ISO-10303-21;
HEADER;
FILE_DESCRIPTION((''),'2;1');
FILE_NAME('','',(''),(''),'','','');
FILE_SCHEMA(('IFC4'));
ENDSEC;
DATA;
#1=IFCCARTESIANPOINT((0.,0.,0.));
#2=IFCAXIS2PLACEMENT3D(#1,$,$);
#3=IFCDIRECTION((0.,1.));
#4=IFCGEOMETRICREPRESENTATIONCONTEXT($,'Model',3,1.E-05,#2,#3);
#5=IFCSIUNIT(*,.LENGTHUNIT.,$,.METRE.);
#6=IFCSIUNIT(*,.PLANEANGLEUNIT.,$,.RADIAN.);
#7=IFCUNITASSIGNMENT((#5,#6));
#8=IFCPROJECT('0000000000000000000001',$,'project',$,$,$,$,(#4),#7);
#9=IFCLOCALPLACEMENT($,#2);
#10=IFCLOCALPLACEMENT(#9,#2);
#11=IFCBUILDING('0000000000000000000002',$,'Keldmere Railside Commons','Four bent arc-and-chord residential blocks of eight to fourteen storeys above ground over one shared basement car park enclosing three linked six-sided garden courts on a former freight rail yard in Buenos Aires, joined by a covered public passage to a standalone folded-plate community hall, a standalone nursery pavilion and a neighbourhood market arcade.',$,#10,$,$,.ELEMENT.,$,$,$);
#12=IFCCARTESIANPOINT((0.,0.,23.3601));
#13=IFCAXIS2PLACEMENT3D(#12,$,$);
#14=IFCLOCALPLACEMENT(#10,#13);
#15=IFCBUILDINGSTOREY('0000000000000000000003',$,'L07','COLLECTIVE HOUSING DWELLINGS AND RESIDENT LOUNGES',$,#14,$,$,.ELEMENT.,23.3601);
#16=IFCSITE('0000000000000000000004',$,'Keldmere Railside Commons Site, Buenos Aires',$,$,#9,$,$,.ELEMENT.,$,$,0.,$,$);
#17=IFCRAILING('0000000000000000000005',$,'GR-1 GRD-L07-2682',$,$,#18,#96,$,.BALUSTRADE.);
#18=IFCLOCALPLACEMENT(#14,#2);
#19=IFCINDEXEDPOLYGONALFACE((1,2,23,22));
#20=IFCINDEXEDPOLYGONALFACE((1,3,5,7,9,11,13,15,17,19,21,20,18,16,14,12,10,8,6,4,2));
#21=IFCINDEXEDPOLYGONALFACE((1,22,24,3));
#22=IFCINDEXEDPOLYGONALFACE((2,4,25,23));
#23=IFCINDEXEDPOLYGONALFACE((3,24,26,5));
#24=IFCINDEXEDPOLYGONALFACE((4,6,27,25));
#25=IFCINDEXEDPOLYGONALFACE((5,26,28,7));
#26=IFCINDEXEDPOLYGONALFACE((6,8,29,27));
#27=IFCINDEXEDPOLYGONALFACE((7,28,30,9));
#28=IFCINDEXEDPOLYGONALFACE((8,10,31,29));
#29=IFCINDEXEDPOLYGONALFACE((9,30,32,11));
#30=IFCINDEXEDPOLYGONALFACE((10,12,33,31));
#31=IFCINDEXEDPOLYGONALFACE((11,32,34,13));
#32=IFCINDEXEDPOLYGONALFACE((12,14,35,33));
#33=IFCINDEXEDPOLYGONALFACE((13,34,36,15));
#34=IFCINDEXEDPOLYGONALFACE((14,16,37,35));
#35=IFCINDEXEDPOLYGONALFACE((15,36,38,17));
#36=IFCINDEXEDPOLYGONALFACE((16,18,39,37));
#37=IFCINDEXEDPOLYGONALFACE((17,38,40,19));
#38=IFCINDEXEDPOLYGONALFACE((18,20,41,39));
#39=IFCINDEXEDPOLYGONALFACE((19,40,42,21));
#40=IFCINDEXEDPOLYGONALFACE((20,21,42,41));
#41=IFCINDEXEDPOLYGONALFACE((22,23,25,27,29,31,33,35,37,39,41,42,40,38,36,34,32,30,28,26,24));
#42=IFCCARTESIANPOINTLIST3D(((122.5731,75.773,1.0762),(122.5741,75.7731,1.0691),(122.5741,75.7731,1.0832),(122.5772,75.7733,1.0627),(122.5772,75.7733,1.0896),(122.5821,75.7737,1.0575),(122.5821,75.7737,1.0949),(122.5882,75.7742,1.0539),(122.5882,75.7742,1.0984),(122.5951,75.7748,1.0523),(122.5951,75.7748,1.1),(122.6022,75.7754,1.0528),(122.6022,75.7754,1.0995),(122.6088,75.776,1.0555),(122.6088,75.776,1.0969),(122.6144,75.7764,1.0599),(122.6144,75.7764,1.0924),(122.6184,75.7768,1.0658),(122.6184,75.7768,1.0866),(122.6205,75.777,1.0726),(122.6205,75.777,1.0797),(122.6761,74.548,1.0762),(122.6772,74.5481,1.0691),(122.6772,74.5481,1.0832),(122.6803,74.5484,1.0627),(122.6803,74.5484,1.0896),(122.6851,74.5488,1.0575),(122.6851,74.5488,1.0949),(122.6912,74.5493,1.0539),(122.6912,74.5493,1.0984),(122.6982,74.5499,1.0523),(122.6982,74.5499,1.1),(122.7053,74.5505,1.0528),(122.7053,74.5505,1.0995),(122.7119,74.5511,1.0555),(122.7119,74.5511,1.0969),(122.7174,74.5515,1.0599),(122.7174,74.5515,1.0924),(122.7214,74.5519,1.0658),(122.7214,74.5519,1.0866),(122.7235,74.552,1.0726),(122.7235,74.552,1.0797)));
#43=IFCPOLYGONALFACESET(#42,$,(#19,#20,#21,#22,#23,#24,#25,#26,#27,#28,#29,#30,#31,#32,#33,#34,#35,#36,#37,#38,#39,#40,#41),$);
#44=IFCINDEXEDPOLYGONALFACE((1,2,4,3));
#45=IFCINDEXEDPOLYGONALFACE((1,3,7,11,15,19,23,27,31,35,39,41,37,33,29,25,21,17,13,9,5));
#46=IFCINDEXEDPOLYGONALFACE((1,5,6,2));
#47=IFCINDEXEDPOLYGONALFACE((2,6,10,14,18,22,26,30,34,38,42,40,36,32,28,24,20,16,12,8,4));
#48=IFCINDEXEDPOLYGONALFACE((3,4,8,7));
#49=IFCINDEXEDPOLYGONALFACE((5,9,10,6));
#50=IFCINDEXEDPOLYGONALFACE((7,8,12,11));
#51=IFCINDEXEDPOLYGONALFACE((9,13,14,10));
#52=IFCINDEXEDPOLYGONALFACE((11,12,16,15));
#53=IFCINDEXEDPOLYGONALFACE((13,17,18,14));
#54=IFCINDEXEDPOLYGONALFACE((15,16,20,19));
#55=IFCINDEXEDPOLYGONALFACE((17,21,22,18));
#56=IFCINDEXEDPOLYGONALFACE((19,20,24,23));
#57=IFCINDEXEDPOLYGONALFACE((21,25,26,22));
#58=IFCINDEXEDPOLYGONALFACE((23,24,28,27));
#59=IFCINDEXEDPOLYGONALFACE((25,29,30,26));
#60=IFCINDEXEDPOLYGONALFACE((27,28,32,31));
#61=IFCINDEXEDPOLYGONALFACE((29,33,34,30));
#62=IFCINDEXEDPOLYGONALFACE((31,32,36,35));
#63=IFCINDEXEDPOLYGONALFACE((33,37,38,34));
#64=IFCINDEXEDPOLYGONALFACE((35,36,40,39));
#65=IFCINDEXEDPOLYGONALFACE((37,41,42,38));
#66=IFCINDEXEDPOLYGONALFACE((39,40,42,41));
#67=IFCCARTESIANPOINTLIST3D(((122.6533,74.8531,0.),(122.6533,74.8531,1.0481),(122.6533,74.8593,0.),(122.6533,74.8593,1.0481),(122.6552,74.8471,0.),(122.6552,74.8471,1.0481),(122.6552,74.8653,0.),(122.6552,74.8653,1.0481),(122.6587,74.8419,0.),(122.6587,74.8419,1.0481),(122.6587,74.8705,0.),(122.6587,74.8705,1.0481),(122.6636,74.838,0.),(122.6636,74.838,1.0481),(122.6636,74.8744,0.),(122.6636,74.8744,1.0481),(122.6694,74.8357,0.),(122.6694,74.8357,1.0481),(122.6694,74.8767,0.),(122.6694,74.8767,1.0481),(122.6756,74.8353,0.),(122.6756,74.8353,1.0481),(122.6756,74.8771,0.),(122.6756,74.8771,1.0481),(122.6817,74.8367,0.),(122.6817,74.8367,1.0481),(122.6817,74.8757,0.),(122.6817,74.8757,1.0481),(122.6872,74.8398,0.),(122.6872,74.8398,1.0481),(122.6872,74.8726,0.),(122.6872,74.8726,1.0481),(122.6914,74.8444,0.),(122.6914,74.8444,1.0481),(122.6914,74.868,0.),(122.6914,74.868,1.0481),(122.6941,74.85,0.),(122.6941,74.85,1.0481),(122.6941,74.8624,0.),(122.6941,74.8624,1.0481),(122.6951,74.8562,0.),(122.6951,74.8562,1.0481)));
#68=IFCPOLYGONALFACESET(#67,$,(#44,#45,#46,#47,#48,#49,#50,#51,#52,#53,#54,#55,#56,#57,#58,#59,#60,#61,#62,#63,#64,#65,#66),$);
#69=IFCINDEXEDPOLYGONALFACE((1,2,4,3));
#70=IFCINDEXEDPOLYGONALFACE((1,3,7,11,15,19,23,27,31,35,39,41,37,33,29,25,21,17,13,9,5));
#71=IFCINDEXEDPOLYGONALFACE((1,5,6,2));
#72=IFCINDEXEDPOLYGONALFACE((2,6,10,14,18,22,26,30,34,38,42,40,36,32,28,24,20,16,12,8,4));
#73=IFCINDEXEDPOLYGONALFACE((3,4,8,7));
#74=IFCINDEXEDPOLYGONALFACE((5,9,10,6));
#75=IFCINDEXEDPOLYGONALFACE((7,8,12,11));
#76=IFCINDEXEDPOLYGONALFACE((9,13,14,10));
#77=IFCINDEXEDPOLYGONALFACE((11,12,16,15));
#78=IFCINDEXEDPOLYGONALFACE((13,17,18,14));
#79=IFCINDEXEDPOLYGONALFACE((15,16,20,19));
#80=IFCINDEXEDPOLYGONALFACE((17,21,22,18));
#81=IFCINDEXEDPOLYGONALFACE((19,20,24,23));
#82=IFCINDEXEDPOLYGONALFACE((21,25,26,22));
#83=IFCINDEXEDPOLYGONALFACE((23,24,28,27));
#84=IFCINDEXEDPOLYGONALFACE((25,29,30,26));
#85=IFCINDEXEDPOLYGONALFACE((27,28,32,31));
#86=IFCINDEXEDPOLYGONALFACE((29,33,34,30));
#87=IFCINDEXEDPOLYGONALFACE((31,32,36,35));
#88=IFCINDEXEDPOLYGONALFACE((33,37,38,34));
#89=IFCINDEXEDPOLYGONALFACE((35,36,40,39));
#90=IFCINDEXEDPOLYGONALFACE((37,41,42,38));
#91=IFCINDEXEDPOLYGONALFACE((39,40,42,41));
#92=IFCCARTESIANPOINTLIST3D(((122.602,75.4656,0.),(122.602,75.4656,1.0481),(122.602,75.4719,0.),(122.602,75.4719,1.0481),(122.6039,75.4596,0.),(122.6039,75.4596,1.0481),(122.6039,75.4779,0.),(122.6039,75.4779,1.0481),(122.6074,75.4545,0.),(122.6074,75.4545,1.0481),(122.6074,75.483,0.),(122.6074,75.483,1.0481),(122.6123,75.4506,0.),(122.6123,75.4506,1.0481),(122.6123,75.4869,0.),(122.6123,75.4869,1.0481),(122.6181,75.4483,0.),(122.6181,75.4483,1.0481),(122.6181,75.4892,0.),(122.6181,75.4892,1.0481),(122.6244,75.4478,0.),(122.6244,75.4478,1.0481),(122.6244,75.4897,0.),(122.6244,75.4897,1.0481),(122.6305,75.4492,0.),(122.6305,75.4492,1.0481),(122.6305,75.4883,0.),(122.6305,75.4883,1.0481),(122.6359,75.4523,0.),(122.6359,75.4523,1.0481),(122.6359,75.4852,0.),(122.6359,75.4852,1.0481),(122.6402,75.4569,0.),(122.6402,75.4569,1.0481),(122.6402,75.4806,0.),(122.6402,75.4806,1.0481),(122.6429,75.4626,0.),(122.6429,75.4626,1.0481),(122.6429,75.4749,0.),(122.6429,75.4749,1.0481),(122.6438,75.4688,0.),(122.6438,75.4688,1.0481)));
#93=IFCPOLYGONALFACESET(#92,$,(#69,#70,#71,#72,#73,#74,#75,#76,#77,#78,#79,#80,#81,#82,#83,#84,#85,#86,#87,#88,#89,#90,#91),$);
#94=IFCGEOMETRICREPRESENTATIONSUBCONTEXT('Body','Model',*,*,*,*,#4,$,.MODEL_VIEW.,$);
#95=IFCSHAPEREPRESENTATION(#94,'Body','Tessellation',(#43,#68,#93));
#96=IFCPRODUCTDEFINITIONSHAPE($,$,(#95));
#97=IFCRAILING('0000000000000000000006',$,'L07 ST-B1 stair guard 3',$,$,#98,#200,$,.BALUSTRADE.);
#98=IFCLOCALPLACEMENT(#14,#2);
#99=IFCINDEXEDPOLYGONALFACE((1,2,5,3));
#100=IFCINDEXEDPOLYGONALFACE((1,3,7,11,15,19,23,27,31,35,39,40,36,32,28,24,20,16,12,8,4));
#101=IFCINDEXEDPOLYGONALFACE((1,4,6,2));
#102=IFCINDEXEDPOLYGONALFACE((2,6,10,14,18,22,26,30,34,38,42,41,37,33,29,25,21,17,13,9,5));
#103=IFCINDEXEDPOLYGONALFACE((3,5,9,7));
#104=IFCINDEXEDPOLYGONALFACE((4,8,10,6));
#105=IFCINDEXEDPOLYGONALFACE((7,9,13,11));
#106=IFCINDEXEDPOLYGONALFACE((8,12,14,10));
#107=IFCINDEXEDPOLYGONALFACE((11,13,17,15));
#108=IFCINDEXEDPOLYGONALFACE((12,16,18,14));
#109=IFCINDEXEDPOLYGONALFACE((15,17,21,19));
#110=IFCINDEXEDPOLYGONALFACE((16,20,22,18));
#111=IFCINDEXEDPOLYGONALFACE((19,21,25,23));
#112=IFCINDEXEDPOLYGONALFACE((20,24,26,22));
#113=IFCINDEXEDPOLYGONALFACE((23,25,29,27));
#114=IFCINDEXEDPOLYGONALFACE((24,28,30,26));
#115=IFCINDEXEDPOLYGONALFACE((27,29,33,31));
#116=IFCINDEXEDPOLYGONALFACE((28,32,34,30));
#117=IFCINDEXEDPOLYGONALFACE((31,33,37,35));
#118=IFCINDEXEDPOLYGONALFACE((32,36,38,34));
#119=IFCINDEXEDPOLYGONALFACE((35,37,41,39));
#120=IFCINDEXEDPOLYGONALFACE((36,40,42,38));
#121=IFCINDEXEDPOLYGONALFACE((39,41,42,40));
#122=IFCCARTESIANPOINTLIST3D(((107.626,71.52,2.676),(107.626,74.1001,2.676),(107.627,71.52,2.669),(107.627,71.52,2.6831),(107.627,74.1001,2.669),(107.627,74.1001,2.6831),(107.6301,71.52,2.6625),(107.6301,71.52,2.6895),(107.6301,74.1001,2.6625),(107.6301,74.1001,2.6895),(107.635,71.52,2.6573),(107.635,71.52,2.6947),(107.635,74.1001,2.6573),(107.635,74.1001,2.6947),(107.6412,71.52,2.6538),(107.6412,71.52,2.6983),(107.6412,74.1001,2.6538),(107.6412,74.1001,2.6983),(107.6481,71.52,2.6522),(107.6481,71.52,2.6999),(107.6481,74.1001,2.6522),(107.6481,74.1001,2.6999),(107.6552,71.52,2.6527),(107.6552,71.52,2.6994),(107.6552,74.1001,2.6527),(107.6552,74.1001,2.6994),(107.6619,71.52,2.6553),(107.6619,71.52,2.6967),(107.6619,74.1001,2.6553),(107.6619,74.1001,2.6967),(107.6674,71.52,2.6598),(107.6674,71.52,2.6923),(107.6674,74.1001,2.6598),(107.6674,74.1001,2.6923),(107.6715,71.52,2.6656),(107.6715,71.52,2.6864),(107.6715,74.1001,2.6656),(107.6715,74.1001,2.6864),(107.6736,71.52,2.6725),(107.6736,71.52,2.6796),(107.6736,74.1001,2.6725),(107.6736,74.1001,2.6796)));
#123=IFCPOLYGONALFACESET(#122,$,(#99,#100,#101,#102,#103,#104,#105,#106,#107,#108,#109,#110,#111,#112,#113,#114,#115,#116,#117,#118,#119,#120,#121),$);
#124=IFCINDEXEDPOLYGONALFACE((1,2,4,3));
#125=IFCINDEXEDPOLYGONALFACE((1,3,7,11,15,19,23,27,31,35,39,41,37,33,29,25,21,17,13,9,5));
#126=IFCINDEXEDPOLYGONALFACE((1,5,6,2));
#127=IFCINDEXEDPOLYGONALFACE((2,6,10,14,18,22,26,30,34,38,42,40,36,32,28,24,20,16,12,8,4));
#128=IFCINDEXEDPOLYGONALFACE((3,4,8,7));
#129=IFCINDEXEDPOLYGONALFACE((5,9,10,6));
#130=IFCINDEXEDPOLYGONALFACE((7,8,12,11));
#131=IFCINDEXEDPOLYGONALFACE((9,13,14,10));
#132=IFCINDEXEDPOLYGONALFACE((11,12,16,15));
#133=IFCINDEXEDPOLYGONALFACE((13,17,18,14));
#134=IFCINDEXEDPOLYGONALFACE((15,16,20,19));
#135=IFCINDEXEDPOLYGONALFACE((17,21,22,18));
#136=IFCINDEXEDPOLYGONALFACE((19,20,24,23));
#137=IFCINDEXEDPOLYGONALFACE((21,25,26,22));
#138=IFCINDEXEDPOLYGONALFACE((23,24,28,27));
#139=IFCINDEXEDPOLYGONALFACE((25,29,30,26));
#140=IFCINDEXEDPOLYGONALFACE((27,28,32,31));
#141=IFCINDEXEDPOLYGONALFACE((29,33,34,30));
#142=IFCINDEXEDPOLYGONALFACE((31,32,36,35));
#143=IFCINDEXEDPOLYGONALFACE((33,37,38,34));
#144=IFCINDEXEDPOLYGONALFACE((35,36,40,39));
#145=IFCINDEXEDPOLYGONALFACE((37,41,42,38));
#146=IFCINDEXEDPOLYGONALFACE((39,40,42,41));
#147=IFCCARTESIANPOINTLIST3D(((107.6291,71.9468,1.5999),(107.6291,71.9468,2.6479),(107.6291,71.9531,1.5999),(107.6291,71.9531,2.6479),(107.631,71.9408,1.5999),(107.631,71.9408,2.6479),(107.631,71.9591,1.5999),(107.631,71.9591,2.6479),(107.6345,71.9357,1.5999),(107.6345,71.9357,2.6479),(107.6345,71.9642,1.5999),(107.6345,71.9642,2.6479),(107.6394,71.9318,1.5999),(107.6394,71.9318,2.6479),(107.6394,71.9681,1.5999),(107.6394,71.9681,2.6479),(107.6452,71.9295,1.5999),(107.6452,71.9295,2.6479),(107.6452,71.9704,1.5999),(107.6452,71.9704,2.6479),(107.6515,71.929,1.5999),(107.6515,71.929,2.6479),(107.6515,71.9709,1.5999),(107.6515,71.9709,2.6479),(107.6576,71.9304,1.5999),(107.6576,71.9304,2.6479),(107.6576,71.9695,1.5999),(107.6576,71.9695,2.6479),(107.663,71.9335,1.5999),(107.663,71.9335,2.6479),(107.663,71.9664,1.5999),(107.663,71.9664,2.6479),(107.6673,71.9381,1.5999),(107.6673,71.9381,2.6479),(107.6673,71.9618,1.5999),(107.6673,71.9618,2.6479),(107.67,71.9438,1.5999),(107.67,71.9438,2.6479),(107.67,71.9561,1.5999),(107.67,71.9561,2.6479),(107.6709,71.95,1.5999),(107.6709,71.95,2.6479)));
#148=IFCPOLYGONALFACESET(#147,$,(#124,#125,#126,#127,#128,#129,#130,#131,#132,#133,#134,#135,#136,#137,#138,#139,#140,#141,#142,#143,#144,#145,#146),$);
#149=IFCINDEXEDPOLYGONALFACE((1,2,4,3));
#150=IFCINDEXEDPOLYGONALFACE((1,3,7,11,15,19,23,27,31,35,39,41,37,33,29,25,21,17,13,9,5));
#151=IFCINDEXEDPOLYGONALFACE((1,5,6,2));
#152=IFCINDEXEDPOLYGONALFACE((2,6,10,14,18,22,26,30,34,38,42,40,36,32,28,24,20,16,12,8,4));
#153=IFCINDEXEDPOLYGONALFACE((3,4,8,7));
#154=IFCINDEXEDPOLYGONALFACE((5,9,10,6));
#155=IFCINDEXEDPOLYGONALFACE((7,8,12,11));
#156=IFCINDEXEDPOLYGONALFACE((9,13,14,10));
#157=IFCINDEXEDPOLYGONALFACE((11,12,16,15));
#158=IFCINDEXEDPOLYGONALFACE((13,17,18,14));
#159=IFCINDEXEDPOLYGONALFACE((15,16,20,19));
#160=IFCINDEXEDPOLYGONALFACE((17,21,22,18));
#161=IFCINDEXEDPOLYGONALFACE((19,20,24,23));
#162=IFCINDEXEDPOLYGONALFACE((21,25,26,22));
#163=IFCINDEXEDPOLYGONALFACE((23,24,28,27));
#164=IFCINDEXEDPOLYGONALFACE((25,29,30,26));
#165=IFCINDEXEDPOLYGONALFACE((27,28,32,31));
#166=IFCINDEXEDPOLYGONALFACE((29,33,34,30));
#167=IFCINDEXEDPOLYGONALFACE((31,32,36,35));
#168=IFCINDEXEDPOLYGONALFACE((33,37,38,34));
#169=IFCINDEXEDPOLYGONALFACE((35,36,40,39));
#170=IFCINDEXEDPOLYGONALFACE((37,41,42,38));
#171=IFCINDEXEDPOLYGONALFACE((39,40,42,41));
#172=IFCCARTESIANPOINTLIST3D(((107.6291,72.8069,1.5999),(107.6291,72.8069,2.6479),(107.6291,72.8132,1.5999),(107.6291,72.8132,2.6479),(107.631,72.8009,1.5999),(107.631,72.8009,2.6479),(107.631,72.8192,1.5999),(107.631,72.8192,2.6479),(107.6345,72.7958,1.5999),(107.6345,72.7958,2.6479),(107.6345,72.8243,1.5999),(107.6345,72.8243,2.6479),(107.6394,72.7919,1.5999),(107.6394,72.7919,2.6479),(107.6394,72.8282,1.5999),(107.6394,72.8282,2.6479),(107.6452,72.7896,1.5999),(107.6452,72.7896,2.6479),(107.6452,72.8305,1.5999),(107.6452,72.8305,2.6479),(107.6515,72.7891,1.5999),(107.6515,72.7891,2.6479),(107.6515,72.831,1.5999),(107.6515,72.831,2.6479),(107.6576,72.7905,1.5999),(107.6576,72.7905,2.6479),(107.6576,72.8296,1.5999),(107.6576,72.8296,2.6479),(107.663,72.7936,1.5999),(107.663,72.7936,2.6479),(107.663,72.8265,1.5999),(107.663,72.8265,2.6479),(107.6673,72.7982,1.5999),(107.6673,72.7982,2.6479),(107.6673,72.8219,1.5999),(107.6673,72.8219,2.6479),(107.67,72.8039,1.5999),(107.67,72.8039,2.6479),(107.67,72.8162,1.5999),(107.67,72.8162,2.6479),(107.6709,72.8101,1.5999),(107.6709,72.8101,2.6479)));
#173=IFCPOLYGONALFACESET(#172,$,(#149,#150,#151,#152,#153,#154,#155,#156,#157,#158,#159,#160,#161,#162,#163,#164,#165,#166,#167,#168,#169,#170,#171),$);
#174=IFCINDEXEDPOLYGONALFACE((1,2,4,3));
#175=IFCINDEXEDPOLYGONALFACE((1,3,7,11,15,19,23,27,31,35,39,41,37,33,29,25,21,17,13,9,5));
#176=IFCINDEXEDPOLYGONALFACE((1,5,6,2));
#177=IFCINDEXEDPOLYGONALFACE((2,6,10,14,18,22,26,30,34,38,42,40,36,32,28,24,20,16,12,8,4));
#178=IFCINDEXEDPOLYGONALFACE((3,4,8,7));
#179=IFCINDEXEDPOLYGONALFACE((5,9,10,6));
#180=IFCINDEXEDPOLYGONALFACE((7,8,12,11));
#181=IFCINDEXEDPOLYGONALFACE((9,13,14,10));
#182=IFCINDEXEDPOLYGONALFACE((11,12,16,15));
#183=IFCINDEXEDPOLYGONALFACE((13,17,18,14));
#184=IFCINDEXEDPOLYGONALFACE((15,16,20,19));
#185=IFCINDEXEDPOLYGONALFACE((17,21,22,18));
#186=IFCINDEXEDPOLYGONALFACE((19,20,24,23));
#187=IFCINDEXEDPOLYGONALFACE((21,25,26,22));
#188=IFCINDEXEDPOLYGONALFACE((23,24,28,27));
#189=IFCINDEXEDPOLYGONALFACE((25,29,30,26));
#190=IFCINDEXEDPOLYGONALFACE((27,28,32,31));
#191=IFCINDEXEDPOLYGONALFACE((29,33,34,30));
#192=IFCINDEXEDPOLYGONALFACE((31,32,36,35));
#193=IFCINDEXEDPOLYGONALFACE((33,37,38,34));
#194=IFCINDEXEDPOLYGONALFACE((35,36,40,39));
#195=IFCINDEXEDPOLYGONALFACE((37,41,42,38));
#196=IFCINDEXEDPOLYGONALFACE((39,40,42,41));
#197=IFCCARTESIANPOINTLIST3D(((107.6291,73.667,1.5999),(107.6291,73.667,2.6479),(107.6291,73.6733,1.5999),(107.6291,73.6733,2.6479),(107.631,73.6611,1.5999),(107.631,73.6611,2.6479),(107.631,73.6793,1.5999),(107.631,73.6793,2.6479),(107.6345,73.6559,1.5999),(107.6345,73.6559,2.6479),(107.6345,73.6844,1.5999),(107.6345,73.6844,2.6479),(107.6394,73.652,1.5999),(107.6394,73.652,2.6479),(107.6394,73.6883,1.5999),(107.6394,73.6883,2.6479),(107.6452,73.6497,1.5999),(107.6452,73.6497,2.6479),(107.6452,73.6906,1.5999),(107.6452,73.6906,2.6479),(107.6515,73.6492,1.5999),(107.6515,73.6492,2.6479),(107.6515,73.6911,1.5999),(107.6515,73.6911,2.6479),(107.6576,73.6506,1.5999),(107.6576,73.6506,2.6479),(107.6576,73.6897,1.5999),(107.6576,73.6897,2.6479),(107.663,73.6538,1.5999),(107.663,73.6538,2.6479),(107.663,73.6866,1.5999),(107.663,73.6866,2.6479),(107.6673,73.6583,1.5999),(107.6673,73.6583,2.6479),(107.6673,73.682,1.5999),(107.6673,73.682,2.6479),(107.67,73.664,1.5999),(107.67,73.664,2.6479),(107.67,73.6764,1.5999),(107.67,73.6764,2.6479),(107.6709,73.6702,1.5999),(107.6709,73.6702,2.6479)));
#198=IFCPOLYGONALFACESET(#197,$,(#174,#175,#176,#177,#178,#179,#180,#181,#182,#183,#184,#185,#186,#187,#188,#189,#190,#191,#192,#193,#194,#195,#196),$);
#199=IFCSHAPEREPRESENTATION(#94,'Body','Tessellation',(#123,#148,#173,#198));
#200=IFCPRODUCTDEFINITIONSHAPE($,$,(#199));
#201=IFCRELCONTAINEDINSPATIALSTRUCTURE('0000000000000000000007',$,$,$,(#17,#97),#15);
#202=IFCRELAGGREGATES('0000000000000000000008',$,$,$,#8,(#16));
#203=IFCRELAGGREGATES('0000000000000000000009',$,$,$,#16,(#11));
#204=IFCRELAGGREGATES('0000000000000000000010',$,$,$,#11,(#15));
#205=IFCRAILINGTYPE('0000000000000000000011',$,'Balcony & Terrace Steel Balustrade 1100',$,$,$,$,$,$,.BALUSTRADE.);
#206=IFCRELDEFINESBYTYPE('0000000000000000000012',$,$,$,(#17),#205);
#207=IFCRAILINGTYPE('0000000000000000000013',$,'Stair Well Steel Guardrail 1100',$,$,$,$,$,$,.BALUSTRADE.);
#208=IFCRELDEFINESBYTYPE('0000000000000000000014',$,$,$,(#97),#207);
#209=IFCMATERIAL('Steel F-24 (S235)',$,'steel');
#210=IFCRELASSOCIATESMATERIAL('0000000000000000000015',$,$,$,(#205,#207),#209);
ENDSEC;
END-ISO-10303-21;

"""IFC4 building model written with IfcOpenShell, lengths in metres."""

from ifc_helpers import new_model, si_unit, direction, frame, origin, origin_2d, place, context, subcontext, project, spatial, circle, extrude, material, type_object, element, save


model = new_model("IFC4")

# Units and contexts
model_context = context("Model", 3, precision=1e-05, world=origin(), true_north=direction((0.0, 1.0)))
body_context = subcontext(model_context, "Body", "Model", "MODEL_VIEW")
ifc_project = project(units=[si_unit("LENGTHUNIT", "METRE"), si_unit("PLANEANGLEUNIT", "RADIAN")], contexts=[model_context])

# Site, building, storey
site_placement = place(None, origin())
site = spatial("IfcSite", under=ifc_project, at=site_placement, Name="Keldmere Railside Commons Site, Buenos Aires", CompositionType="ELEMENT", RefElevation=0.0)
building_placement = place(site_placement, origin())
building = spatial("IfcBuilding", under=site, at=building_placement, Name="Keldmere Railside Commons", Description="Four bent arc-and-chord residential blocks of eight to fourteen storeys above ground over one shared basement car park enclosing three linked six-sided garden courts on a former freight rail yard in Buenos Aires, joined by a covered public passage to a standalone folded-plate community hall, a standalone nursery pavilion and a neighbourhood market arcade.", CompositionType="ELEMENT")
storey_placement = place(building_placement, frame((0.0, 0.0, 23.3601)))
storey = spatial("IfcBuildingStorey", under=building, at=storey_placement, Name="L07", Description="COLLECTIVE HOUSING DWELLINGS AND RESIDENT LOUNGES", CompositionType="ELEMENT", Elevation=23.3601)

# Railings
ifc_material_1 = material(Name="Steel F-24 (S235)", Category="steel")
railing_type_1 = type_object("IfcRailingType", Name="Balcony & Terrace Steel Balustrade 1100", PredefinedType="BALUSTRADE", material=ifc_material_1)
railing_1_placement = place(storey_placement, frame((122.7, 74.55, 0.0)))
element("IfcRailing", 1, at=railing_1_placement, inside=storey, type_object=railing_type_1, Name="GR-1 GRD-L07-2682", PredefinedType="BALUSTRADE", context=body_context, shape_type="SweptSolid", body=[
    extrude(circle(Radius=0.0239, at=origin_2d()), frame((0.0, 0.0, 1.0762), z_axis=(-0.083818, 0.996481, 0.0), x_axis=(-0.996481, -0.083818, 0.0)), (0.0, 0.0, 1.0), 1.2292),
    extrude(circle(Radius=0.021, at=origin_2d()), frame((-0.0259, 0.3062, 0.0)), (0.0, 0.0, 1.0), 1.0481),
    extrude(circle(Radius=0.021, at=origin_2d()), frame((-0.0771, 0.9187, 0.0)), (0.0, 0.0, 1.0), 1.0481),
])
railing_type_2 = type_object("IfcRailingType", Name="Stair Well Steel Guardrail 1100", PredefinedType="BALUSTRADE", material=ifc_material_1)
railing_2_placement = place(storey_placement, frame((107.6499, 71.52, 1.5999)))
element("IfcRailing", 2, at=railing_2_placement, inside=storey, type_object=railing_type_2, Name="L07 ST-B1 stair guard 3", PredefinedType="BALUSTRADE", context=body_context, shape_type="SweptSolid", body=[
    extrude(circle(Radius=0.0239, at=origin_2d()), frame((0.0, 0.0, 1.0762), z_axis=(0.0, 1.0, 0.0), x_axis=(-1.0, 0.0, 0.0)), (0.0, 0.0, 1.0), 2.5801),
    extrude(circle(Radius=0.021, at=origin_2d()), frame((0.0, 0.4299, 0.0)), (0.0, 0.0, 1.0), 1.0481),
    extrude(circle(Radius=0.021, at=origin_2d()), frame((0.0, 1.29, 0.0)), (0.0, 0.0, 1.0), 1.0481),
    extrude(circle(Radius=0.021, at=origin_2d()), frame((0.0, 2.1501, 0.0)), (0.0, 0.0, 1.0), 1.0481),
])

save(model, "model.ifc")
